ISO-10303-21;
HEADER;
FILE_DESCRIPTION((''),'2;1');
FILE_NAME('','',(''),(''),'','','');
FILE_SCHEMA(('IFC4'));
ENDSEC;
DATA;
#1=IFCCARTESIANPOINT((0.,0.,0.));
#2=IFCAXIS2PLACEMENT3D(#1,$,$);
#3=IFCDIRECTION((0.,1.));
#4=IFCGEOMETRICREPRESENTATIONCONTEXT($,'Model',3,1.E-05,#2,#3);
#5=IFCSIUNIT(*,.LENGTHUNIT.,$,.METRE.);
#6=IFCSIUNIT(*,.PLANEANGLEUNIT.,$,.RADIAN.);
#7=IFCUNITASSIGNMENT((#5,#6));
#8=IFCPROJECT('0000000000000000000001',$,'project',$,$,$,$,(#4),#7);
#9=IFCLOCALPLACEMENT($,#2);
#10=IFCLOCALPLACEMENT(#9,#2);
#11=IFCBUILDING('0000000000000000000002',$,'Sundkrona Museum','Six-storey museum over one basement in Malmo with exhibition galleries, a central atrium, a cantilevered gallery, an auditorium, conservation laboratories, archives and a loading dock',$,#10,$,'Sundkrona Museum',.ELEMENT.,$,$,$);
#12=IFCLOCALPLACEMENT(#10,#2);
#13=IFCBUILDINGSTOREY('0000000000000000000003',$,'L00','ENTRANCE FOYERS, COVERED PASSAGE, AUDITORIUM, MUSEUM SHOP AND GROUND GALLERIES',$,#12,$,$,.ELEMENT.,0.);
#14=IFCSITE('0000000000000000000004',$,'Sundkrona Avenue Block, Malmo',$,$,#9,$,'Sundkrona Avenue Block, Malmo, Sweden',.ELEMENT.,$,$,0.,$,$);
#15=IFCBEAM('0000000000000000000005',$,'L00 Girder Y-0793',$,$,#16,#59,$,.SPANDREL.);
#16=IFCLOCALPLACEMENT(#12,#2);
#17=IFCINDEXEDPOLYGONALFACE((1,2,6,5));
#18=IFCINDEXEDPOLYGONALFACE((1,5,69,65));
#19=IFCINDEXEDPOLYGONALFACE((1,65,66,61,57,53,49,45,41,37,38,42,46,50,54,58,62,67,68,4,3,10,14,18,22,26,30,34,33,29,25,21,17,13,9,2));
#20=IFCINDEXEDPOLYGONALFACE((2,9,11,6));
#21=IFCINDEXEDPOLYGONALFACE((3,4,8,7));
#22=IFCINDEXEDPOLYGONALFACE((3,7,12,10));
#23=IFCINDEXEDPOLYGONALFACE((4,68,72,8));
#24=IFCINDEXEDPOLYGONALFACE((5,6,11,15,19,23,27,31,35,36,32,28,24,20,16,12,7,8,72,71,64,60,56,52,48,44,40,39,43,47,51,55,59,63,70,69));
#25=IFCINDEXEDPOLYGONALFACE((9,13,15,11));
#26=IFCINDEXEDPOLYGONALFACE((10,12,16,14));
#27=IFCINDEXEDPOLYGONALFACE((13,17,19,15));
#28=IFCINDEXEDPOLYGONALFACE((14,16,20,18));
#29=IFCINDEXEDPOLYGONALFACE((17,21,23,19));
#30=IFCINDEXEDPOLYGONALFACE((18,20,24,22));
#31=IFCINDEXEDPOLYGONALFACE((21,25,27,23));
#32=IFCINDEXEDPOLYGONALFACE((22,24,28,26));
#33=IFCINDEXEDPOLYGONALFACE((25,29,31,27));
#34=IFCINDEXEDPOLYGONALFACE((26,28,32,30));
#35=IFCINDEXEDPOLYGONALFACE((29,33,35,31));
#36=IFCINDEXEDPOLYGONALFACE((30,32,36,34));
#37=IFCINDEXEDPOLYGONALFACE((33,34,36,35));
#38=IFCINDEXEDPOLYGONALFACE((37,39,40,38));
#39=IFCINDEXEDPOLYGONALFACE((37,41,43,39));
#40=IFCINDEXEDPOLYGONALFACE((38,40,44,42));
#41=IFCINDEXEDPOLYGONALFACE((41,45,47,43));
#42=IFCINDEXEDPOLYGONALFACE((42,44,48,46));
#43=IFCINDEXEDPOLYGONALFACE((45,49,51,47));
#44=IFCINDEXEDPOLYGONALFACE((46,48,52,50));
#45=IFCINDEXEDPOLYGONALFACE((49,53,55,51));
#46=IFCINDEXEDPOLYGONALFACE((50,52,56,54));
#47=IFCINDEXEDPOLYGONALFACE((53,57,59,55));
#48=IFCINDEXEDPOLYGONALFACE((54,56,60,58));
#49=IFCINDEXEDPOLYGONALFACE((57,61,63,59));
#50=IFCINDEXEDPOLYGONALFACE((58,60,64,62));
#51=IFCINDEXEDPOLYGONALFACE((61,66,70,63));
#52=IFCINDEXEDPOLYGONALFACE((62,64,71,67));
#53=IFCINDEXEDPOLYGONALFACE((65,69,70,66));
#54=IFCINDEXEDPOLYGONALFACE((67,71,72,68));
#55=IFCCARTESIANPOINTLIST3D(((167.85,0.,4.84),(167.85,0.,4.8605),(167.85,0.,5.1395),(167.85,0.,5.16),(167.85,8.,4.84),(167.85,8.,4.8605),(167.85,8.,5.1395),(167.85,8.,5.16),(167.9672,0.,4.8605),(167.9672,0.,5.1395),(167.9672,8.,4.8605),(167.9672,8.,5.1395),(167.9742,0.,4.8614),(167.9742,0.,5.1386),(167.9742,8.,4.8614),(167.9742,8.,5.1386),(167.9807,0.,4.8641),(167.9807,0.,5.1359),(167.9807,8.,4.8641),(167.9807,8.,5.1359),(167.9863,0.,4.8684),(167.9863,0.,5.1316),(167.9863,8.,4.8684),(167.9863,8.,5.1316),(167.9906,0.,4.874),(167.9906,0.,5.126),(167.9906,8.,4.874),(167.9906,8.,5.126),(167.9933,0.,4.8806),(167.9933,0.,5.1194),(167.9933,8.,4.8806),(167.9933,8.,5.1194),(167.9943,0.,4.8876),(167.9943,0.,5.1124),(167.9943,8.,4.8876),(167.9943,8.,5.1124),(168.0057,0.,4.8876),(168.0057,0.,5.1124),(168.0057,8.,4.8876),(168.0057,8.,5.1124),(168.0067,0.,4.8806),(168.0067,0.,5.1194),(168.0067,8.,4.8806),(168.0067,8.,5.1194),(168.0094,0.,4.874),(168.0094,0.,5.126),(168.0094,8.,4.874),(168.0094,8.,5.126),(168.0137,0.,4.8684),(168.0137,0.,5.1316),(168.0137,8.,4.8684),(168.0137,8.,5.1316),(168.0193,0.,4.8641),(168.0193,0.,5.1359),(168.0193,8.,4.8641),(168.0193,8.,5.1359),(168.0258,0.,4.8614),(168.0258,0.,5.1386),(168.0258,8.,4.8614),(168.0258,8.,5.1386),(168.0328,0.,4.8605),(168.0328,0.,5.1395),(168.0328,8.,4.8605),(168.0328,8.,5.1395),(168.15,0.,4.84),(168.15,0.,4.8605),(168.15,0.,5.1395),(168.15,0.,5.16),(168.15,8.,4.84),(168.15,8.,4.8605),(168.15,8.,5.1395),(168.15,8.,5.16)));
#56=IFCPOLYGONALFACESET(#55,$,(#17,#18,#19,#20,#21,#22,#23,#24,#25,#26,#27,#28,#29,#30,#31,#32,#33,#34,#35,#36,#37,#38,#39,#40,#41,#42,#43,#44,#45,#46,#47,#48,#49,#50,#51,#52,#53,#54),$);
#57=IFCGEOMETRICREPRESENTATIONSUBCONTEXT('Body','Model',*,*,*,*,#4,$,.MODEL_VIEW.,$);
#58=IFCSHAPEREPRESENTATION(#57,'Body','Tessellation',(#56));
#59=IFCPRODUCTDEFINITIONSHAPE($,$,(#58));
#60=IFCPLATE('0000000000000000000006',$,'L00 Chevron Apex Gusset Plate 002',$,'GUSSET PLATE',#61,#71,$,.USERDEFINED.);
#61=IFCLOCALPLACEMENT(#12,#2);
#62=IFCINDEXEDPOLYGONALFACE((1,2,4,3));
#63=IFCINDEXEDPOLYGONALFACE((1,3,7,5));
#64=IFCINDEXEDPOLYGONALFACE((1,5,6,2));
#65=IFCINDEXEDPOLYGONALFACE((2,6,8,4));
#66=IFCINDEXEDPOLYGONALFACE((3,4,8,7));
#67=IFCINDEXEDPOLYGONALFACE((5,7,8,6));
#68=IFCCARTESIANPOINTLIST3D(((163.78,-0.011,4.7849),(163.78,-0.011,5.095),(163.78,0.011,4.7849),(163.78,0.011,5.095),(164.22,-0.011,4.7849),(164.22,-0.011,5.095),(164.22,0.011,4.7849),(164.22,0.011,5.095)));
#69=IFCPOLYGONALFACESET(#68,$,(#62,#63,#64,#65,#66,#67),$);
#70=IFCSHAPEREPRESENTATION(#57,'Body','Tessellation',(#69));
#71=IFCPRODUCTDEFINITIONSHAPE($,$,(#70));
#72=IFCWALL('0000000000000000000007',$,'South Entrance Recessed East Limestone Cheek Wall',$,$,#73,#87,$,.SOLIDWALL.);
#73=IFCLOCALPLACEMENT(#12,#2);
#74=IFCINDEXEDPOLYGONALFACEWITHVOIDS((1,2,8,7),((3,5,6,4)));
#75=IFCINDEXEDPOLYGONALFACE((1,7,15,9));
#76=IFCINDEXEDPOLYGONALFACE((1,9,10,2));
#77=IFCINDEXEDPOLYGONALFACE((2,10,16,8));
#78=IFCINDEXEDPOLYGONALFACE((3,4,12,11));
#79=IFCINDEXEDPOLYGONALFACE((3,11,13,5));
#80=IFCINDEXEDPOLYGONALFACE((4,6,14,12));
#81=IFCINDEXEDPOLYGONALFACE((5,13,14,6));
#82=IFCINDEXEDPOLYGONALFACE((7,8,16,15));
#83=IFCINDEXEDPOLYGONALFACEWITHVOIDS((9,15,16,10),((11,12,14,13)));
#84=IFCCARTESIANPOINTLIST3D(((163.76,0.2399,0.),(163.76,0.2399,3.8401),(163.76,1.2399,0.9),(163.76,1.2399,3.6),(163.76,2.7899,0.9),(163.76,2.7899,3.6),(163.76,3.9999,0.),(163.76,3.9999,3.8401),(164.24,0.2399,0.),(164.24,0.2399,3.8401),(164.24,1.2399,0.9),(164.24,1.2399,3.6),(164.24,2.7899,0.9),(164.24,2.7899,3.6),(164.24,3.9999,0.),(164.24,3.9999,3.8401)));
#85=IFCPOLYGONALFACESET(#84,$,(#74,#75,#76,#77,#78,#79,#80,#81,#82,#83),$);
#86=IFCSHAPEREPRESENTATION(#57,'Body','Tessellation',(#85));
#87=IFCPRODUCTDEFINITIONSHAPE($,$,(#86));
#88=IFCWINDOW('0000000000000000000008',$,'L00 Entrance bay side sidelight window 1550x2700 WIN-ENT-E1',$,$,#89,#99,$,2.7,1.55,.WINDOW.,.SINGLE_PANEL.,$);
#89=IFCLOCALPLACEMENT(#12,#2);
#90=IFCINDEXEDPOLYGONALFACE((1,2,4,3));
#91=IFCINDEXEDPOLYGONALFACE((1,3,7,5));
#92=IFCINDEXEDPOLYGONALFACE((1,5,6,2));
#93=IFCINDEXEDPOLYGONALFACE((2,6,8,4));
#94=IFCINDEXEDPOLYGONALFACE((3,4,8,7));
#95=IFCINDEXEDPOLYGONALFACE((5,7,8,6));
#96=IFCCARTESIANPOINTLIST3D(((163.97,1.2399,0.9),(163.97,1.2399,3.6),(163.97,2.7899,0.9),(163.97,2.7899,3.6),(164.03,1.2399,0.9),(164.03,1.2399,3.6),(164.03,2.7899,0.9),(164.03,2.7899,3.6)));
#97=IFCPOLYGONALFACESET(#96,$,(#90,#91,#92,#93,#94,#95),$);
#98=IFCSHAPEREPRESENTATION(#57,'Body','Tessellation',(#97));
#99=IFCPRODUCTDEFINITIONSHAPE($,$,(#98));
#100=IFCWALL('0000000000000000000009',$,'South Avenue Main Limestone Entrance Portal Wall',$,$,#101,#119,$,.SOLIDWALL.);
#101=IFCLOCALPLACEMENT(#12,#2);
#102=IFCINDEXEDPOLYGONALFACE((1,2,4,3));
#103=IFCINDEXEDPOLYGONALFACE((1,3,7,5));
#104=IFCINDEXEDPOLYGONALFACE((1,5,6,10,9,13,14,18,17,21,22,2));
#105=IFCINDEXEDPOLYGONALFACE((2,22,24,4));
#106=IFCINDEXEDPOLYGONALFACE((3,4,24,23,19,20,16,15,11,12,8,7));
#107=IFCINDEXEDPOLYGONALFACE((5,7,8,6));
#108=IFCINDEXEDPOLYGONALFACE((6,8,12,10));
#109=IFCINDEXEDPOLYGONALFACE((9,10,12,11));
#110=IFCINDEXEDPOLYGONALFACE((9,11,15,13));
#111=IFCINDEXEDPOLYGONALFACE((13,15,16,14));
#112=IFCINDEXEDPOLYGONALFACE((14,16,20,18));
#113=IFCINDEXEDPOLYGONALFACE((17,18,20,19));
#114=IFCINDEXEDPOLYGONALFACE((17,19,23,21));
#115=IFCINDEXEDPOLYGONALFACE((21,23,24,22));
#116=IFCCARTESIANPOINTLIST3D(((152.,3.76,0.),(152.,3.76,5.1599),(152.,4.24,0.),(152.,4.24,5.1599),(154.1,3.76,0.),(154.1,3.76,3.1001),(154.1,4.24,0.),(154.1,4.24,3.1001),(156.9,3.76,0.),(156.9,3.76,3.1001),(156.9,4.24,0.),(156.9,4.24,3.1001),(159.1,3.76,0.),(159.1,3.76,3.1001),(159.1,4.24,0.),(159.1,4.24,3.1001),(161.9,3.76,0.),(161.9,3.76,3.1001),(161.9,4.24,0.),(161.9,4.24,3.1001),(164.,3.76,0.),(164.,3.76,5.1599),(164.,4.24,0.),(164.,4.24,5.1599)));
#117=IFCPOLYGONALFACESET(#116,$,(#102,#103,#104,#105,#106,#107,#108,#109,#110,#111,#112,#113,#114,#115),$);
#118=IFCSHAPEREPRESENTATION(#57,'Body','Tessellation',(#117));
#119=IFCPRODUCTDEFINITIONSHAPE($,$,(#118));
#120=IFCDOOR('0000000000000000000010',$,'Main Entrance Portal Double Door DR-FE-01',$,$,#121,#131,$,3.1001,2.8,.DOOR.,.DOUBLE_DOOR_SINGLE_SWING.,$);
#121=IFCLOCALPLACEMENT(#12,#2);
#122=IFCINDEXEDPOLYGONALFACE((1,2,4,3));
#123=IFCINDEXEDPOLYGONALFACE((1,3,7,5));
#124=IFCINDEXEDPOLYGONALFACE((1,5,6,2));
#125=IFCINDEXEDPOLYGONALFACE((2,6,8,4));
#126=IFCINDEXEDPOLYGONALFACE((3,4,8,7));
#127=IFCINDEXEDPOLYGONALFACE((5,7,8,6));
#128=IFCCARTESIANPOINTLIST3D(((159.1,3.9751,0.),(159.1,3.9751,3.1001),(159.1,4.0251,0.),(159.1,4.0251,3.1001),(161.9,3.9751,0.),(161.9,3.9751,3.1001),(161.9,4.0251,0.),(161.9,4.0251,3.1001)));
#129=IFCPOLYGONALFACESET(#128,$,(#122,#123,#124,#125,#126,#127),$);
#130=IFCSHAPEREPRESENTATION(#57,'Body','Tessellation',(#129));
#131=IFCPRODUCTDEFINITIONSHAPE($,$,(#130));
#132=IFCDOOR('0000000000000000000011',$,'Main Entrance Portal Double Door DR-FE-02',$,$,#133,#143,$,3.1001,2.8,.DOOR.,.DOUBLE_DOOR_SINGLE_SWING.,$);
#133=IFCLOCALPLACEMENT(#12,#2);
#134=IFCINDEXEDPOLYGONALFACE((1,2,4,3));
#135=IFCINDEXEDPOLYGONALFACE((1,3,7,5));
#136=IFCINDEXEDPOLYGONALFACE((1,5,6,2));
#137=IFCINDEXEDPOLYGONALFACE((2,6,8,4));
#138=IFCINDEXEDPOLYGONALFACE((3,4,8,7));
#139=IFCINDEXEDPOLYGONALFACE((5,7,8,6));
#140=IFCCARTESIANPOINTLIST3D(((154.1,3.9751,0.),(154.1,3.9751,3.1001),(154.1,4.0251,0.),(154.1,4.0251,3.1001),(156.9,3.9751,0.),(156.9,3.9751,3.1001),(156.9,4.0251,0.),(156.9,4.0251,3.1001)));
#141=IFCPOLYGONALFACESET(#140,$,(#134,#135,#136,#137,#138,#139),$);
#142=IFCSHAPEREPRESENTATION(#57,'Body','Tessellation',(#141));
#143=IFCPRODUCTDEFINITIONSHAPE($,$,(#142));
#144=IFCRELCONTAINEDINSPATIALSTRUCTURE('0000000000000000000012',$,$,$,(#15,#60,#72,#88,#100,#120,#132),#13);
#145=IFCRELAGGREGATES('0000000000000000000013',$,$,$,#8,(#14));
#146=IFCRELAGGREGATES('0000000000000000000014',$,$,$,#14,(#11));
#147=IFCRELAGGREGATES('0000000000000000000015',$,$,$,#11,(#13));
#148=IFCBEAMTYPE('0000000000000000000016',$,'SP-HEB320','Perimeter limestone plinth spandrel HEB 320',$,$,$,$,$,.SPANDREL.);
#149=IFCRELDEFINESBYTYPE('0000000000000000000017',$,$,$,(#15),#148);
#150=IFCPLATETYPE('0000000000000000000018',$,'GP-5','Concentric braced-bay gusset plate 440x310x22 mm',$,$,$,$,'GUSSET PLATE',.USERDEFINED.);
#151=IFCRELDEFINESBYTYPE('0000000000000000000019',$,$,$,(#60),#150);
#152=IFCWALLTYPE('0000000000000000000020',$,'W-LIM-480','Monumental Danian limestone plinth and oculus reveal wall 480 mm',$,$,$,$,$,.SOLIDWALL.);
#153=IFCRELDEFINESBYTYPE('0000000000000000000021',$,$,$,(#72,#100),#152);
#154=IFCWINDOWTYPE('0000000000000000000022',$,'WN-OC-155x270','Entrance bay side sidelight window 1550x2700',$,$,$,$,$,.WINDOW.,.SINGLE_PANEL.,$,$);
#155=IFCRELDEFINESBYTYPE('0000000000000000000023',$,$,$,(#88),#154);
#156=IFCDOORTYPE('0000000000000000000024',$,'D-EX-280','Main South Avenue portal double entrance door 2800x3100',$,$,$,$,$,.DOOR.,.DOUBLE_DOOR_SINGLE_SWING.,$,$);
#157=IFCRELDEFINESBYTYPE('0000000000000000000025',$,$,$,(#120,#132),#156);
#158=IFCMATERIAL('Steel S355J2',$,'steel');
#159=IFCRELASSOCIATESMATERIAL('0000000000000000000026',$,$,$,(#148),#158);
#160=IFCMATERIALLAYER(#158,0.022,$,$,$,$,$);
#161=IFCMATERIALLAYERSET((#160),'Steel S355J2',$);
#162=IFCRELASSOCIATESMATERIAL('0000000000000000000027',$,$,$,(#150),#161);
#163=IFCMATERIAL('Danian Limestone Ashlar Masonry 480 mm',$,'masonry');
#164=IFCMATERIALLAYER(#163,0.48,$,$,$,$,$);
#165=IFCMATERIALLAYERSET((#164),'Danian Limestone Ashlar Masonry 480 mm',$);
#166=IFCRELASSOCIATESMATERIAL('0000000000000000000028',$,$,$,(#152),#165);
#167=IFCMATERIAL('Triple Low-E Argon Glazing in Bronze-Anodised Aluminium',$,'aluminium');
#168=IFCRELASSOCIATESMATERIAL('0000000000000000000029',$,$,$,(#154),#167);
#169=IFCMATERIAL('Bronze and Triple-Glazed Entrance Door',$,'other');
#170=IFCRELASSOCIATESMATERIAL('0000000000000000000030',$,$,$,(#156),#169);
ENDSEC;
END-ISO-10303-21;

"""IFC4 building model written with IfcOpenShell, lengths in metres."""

from ifc_helpers import new_model, si_unit, direction, frame, frame_2d, origin, origin_2d, place, context, subcontext, project, spatial, rectangle, i_section, extrude, material, layer, layer_set, material_profile, profile_set, type_object, element, fill, save


model = new_model("IFC4")

# Units and contexts
model_context = context("Model", 3, precision=1e-05, world=origin(), true_north=direction((0.0, 1.0)))
body_context = subcontext(model_context, "Body", "Model", "MODEL_VIEW")
ifc_project = project(units=[si_unit("LENGTHUNIT", "METRE"), si_unit("PLANEANGLEUNIT", "RADIAN")], contexts=[model_context])

# Site, building, storey
site_placement = place(None, origin())
site = spatial("IfcSite", under=ifc_project, at=site_placement, Name="Sundkrona Avenue Block, Malmo", LongName="Sundkrona Avenue Block, Malmo, Sweden", CompositionType="ELEMENT", RefElevation=0.0)
building_placement = place(site_placement, origin())
building = spatial("IfcBuilding", under=site, at=building_placement, Name="Sundkrona Museum", Description="Six-storey museum over one basement in Malmo with exhibition galleries, a central atrium, a cantilevered gallery, an auditorium, conservation laboratories, archives and a loading dock", LongName="Sundkrona Museum", CompositionType="ELEMENT")
storey_placement = place(building_placement, origin())
storey = spatial("IfcBuildingStorey", under=building, at=storey_placement, Name="L00", Description="ENTRANCE FOYERS, COVERED PASSAGE, AUDITORIUM, MUSEUM SHOP AND GROUND GALLERIES", CompositionType="ELEMENT", Elevation=0.0)

# Shared definitions
ifc_material_1 = material(Name="Steel S355J2", Category="steel")

# Beam
ifc_material_profile_1 = material_profile(ifc_material_1, i_section(OverallWidth=0.3, OverallDepth=0.3201, WebThickness=0.0115, FlangeThickness=0.0205, FilletRadius=0.0271, at=origin_2d()), Name="HEB 320")
ifc_profile_set_1 = profile_set([ifc_material_profile_1], Name="Steel S355J2")
beam_type_1 = type_object("IfcBeamType", Name="SP-HEB320", Description="Perimeter limestone plinth spandrel HEB 320", PredefinedType="SPANDREL", material=ifc_profile_set_1)
beam_placement = place(storey_placement, frame((168.0, 0.0, 5.0), z_axis=(0.0, 1.0, 0.0), x_axis=(-1.0, 0.0, 0.0)))
element("IfcBeam", 1, at=beam_placement, inside=storey, type_object=beam_type_1, Name="L00 Girder Y-0793", PredefinedType="SPANDREL", context=body_context, shape_type="SweptSolid", body=[
    extrude(i_section(OverallWidth=0.3, OverallDepth=0.3201, WebThickness=0.0115, FlangeThickness=0.0205, FilletRadius=0.0271, at=origin_2d()), origin(), (0.0, 0.0, 1.0), 8.0),
])

# Plate
ifc_layer_1 = layer(ifc_material_1, 0.022)
ifc_layer_set_1 = layer_set([ifc_layer_1], Name="Steel S355J2")
plate_type = type_object("IfcPlateType", Name="GP-5", Description="Concentric braced-bay gusset plate 440x310x22 mm", ElementType="GUSSET PLATE", PredefinedType="USERDEFINED", material=ifc_layer_set_1)
plate_placement = place(storey_placement, frame((164.0, 0.0, 4.7849), z_axis=(0.0, 0.0, 1.0), x_axis=(1.0, 0.0, 0.0)))
element("IfcPlate", 2, at=plate_placement, inside=storey, type_object=plate_type, Name="L00 Chevron Apex Gusset Plate 002", ObjectType="GUSSET PLATE", PredefinedType="USERDEFINED", context=body_context, shape_type="SweptSolid", body=[
    extrude(rectangle(XDim=0.4399, YDim=0.022, at=origin_2d()), origin(), (0.0, 0.0, 1.0), 0.3101),
])

# Wall, opening, window
ifc_material_2 = material(Name="Danian Limestone Ashlar Masonry 480 mm", Category="masonry")
ifc_layer_2 = layer(ifc_material_2, 0.48)
ifc_layer_set_2 = layer_set([ifc_layer_2], Name="Danian Limestone Ashlar Masonry 480 mm")
wall_type = type_object("IfcWallType", Name="W-LIM-480", Description="Monumental Danian limestone plinth and oculus reveal wall 480 mm", PredefinedType="SOLIDWALL", material=ifc_layer_set_2)
wall_1_placement = place(storey_placement, frame((164.0, 0.24, 0.0), z_axis=(0.0, 0.0, 1.0), x_axis=(0.0, 1.0, 0.0)))
wall_1 = element("IfcWall", 3, at=wall_1_placement, inside=storey, type_object=wall_type, Name="South Entrance Recessed East Limestone Cheek Wall", PredefinedType="SOLIDWALL", context=body_context, shape_type="SweptSolid", body=[
    extrude(rectangle(XDim=3.76, YDim=0.48, at=frame_2d((1.8799, 0.0))), origin(), (0.0, 0.0, 1.0), 3.8401),
])
opening_1_placement = place(wall_1_placement, frame((1.0, 0.0, 0.8999)))
opening_1 = element("IfcOpeningElement", 4, at=opening_1_placement, cuts=wall_1, PredefinedType="OPENING", context=body_context, shape_type="SweptSolid", body=[
    extrude(rectangle(XDim=1.55, YDim=2.7, at=frame_2d((0.7749, 1.3501))), frame((0.0, 0.25, 0.0), z_axis=(0.0, -1.0, 0.0), x_axis=(1.0, 0.0, 0.0)), (0.0, 0.0, 1.0), 0.5),
])
ifc_material_3 = material(Name="Triple Low-E Argon Glazing in Bronze-Anodised Aluminium", Category="aluminium")
window_type_1 = type_object("IfcWindowType", Name="WN-OC-155x270", Description="Entrance bay side sidelight window 1550x2700", PartitioningType="SINGLE_PANEL", PredefinedType="WINDOW", material=ifc_material_3)
window_1_placement = place(opening_1_placement, origin())
window_1 = element("IfcWindow", 5, at=window_1_placement, inside=storey, type_object=window_type_1, Name="L00 Entrance bay side sidelight window 1550x2700 WIN-ENT-E1", OverallHeight=2.7, OverallWidth=1.55, PartitioningType="SINGLE_PANEL", PredefinedType="WINDOW", context=body_context, shape_type="SweptSolid", body=[
    extrude(rectangle(XDim=1.55, YDim=2.7, at=frame_2d((0.7749, 1.3501))), frame((0.0, 0.03, 0.0), z_axis=(0.0, -1.0, 0.0), x_axis=(1.0, 0.0, 0.0)), (0.0, 0.0, 1.0), 0.0601),
])
fill(opening_1, window_1)

# Wall, openings, doors
wall_2_placement = place(storey_placement, frame((164.0, 4.0, 0.0), z_axis=(0.0, 0.0, 1.0), x_axis=(-1.0, 0.0, 0.0)))
wall_2 = element("IfcWall", 6, at=wall_2_placement, inside=storey, type_object=wall_type, Name="South Avenue Main Limestone Entrance Portal Wall", PredefinedType="SOLIDWALL", context=body_context, shape_type="SweptSolid", body=[
    extrude(rectangle(XDim=12.0, YDim=0.48, at=frame_2d((6.0, 0.0))), origin(), (0.0, 0.0, 1.0), 5.1599),
])
opening_2_placement = place(wall_2_placement, frame((2.1001, 0.0, 0.0)))
opening_2 = element("IfcOpeningElement", 7, at=opening_2_placement, cuts=wall_2, PredefinedType="OPENING", context=body_context, shape_type="SweptSolid", body=[
    extrude(rectangle(XDim=2.8, YDim=3.1001, at=frame_2d((1.3999, 1.55))), frame((0.0, 0.25, 0.0), z_axis=(0.0, -1.0, 0.0), x_axis=(1.0, 0.0, 0.0)), (0.0, 0.0, 1.0), 0.5),
])
opening_3_placement = place(wall_2_placement, frame((7.1001, 0.0, 0.0)))
opening_3 = element("IfcOpeningElement", 8, at=opening_3_placement, cuts=wall_2, PredefinedType="OPENING", context=body_context, shape_type="SweptSolid", body=[
    extrude(rectangle(XDim=2.8, YDim=3.1001, at=frame_2d((1.3999, 1.55))), frame((0.0, 0.25, 0.0), z_axis=(0.0, -1.0, 0.0), x_axis=(1.0, 0.0, 0.0)), (0.0, 0.0, 1.0), 0.5),
])
ifc_material_4 = material(Name="Bronze and Triple-Glazed Entrance Door", Category="other")
door_type = type_object("IfcDoorType", Name="D-EX-280", Description="Main South Avenue portal double entrance door 2800x3100", OperationType="DOUBLE_DOOR_SINGLE_SWING", PredefinedType="DOOR", material=ifc_material_4)
door_1_placement = place(opening_2_placement, origin())
door_1 = element("IfcDoor", 9, at=door_1_placement, inside=storey, type_object=door_type, Name="Main Entrance Portal Double Door DR-FE-01", OperationType="DOUBLE_DOOR_SINGLE_SWING", OverallHeight=3.1001, OverallWidth=2.8, PredefinedType="DOOR", context=body_context, shape_type="SweptSolid", body=[
    extrude(rectangle(XDim=2.8, YDim=3.1001, at=frame_2d((1.3999, 1.55))), frame((0.0, 0.0249, 0.0), z_axis=(0.0, -1.0, 0.0), x_axis=(1.0, 0.0, 0.0)), (0.0, 0.0, 1.0), 0.05),
])
fill(opening_2, door_1)
door_2_placement = place(opening_3_placement, origin())
door_2 = element("IfcDoor", 10, at=door_2_placement, inside=storey, type_object=door_type, Name="Main Entrance Portal Double Door DR-FE-02", OperationType="DOUBLE_DOOR_SINGLE_SWING", OverallHeight=3.1001, OverallWidth=2.8, PredefinedType="DOOR", context=body_context, shape_type="SweptSolid", body=[
    extrude(rectangle(XDim=2.8, YDim=3.1001, at=frame_2d((1.3999, 1.55))), frame((0.0, 0.0249, 0.0), z_axis=(0.0, -1.0, 0.0), x_axis=(1.0, 0.0, 0.0)), (0.0, 0.0, 1.0), 0.05),
])
fill(opening_3, door_2)

save(model, "model.ifc")
